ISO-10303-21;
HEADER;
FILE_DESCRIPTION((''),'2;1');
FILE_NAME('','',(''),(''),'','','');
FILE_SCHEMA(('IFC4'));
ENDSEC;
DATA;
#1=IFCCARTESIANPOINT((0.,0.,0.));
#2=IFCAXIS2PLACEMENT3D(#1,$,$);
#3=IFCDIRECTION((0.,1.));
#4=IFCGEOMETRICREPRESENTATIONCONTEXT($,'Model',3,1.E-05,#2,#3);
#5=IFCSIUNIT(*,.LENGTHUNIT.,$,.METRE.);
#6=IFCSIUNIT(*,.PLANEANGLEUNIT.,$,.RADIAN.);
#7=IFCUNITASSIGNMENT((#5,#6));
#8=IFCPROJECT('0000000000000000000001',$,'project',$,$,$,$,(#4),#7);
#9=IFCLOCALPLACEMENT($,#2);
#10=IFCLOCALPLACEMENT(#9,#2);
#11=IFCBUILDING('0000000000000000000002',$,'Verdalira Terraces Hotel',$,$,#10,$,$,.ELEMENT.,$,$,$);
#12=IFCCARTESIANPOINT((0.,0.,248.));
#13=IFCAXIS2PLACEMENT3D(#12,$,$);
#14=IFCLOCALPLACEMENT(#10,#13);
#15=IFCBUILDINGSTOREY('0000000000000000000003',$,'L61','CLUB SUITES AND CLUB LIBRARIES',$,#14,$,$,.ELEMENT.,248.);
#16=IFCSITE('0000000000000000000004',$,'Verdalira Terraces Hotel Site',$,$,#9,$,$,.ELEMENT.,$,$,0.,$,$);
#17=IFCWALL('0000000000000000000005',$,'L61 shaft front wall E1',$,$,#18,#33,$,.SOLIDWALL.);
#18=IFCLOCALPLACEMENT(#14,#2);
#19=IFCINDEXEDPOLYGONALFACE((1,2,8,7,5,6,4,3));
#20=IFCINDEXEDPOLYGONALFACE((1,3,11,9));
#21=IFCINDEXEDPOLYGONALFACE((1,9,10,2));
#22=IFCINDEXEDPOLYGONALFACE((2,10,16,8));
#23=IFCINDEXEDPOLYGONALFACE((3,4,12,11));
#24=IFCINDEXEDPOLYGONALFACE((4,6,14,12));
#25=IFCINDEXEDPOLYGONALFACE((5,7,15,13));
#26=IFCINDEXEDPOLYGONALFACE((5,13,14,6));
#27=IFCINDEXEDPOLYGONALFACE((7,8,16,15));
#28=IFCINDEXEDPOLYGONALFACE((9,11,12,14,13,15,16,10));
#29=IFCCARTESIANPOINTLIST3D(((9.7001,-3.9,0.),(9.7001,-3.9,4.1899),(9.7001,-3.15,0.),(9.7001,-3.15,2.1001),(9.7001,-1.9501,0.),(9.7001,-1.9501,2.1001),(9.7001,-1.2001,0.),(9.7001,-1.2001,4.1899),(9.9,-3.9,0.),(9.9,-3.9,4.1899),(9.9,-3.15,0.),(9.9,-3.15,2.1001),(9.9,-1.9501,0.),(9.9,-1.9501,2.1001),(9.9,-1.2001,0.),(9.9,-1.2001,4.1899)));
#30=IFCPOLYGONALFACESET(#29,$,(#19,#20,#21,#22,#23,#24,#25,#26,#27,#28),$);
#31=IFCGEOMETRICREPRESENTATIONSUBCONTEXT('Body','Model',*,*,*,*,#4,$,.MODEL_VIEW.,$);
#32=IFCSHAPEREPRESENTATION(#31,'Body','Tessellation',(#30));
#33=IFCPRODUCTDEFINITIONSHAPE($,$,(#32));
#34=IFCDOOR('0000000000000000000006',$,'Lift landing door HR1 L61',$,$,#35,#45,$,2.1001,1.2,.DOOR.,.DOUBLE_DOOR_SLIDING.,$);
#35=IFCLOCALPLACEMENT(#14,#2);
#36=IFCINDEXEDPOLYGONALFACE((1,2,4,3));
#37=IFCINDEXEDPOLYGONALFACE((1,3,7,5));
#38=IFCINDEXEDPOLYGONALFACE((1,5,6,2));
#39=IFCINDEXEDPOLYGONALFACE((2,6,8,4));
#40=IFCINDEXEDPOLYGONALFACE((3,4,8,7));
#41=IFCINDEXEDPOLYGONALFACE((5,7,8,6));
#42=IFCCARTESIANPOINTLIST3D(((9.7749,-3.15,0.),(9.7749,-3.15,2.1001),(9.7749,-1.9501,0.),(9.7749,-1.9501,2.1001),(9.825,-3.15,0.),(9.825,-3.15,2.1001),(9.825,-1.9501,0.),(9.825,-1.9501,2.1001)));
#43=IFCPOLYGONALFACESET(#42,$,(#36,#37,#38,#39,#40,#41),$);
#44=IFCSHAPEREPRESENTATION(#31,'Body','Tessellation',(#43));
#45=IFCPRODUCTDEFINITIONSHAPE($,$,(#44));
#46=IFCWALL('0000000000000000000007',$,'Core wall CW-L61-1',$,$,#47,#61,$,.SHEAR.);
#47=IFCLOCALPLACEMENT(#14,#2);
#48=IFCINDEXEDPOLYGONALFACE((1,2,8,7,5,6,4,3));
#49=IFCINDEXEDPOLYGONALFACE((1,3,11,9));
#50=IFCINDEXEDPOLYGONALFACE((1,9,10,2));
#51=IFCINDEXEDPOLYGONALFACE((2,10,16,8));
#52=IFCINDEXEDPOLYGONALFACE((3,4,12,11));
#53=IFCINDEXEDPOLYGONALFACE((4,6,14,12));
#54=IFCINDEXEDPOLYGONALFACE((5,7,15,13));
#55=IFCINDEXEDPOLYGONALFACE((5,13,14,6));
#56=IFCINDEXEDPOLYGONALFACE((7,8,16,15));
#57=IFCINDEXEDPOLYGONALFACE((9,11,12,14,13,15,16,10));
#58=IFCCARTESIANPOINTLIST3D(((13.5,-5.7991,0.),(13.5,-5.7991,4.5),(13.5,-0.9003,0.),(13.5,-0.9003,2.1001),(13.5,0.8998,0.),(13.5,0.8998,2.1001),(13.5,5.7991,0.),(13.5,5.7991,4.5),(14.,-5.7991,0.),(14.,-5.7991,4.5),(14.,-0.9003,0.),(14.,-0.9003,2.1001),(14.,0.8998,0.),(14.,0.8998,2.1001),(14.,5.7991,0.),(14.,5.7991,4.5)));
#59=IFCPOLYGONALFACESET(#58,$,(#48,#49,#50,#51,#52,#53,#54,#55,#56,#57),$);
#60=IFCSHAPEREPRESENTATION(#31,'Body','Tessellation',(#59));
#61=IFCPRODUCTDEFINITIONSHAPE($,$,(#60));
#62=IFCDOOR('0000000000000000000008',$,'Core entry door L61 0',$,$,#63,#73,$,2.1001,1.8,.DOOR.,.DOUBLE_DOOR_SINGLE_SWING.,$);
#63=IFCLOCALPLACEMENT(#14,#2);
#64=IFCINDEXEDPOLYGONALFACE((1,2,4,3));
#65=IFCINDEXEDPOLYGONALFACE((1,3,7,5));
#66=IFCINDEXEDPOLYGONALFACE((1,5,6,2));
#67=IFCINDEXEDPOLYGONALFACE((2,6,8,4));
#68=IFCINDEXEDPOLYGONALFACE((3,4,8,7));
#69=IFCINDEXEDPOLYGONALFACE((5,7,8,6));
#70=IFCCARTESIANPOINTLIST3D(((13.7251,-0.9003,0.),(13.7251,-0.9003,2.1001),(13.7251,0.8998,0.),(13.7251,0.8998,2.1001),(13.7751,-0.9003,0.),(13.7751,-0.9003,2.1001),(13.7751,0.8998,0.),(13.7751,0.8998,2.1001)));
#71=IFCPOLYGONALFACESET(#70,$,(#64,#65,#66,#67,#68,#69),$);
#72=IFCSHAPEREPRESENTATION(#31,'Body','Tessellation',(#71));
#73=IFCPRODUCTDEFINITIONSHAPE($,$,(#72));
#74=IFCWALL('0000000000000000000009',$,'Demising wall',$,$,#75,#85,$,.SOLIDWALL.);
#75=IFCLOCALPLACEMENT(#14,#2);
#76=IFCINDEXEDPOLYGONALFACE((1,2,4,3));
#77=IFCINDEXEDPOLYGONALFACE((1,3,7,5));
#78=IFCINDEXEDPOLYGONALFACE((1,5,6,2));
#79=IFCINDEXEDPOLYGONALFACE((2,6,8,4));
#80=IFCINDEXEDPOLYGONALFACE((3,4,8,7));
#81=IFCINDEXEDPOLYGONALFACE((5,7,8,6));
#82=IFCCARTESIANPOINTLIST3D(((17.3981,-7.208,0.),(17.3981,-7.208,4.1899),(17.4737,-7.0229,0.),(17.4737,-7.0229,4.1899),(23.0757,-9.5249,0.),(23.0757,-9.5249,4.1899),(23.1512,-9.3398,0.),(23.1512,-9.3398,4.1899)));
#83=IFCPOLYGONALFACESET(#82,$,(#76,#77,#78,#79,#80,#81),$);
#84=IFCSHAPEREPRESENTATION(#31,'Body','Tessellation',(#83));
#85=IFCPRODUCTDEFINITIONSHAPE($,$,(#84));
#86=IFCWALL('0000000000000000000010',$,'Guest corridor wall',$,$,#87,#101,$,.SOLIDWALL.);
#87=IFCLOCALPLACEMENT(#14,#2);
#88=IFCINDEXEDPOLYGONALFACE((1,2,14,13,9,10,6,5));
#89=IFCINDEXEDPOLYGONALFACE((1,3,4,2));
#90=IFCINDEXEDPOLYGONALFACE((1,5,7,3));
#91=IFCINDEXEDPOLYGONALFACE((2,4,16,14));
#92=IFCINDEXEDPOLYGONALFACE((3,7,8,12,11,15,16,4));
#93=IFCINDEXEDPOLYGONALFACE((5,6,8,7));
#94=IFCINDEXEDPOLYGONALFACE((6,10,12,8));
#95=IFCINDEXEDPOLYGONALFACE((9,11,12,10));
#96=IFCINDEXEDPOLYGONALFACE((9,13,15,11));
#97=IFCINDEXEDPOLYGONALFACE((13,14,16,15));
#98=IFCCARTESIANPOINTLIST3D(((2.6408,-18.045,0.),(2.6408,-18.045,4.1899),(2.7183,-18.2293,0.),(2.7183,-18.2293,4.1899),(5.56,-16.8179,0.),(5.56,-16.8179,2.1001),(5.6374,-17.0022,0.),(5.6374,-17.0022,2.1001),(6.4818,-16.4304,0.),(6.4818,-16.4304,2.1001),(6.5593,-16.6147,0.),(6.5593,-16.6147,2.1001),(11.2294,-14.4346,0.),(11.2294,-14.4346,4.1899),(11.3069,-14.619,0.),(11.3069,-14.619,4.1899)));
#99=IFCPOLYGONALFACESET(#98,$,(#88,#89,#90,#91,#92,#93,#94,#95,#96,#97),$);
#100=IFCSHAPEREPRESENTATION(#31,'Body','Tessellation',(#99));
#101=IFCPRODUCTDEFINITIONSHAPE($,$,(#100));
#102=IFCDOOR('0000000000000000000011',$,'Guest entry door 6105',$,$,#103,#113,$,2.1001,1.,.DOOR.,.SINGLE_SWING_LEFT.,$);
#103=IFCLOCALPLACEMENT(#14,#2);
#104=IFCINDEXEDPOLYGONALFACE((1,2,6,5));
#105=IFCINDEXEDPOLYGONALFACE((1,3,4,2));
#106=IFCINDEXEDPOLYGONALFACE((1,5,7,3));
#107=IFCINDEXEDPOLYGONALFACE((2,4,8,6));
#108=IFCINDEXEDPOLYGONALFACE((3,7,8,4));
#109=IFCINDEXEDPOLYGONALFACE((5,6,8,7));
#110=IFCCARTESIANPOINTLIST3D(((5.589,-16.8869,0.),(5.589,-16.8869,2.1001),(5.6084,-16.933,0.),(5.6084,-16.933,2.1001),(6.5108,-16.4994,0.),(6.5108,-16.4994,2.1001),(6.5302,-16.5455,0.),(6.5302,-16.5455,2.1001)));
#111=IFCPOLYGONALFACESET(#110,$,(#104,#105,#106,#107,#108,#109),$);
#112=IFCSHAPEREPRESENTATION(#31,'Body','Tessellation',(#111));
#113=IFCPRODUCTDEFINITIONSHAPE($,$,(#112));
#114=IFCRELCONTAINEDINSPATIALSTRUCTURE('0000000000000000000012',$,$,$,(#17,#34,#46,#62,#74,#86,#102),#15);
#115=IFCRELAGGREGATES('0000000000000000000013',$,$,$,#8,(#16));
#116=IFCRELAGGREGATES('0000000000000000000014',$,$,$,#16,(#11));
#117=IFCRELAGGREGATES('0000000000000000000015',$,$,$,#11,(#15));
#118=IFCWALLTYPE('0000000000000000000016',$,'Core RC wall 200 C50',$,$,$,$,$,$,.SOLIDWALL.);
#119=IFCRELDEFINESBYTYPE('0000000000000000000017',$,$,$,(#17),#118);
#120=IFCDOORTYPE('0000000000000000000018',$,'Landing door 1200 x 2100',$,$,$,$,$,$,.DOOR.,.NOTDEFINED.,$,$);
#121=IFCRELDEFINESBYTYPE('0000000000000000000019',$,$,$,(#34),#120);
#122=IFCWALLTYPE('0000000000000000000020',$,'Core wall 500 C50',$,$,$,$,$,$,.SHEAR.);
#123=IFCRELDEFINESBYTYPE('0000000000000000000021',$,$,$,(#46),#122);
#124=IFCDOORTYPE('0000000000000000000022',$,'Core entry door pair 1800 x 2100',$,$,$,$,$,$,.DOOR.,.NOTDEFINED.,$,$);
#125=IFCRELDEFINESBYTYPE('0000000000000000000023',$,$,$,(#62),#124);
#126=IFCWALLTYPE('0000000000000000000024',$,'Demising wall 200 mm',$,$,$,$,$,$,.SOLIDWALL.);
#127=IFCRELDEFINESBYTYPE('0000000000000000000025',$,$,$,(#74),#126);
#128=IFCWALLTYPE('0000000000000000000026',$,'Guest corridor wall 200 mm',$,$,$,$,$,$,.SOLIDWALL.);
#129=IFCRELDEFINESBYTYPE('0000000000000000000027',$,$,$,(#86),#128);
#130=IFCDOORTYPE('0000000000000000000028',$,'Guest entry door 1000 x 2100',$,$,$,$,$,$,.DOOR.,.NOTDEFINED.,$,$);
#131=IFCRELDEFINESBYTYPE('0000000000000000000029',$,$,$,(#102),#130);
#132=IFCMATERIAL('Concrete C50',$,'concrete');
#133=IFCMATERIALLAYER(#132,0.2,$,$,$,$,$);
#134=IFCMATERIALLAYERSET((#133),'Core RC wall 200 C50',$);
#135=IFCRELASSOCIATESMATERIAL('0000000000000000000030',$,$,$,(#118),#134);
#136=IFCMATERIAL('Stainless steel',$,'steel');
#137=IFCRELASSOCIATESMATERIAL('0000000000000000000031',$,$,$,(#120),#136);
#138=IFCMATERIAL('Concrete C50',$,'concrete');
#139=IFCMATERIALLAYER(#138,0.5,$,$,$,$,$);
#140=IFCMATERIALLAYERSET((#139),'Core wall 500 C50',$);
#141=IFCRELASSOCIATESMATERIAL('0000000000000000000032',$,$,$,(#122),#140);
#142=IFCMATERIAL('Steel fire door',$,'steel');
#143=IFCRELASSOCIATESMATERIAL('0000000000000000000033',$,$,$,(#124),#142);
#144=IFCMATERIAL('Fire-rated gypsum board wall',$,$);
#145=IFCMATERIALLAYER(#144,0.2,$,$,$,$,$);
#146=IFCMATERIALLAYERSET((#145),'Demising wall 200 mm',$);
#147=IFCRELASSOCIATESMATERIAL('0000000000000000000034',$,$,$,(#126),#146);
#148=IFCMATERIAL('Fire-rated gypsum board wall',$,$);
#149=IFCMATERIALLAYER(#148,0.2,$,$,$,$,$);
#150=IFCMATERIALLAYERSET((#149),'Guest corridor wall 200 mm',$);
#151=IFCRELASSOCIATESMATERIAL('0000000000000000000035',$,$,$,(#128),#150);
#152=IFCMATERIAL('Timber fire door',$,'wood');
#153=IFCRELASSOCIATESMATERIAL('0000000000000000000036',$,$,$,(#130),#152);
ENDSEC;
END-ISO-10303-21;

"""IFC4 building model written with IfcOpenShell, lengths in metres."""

from ifc_helpers import new_model, si_unit, direction, frame, frame_2d, origin, place, context, subcontext, project, spatial, rectangle, extrude, material, layer, layer_set, type_object, element, fill, save


model = new_model("IFC4")

# Units and contexts
model_context = context("Model", 3, precision=1e-05, world=origin(), true_north=direction((0.0, 1.0)))
body_context = subcontext(model_context, "Body", "Model", "MODEL_VIEW")
ifc_project = project(units=[si_unit("LENGTHUNIT", "METRE"), si_unit("PLANEANGLEUNIT", "RADIAN")], contexts=[model_context])

# Site, building, storey
site_placement = place(None, origin())
site = spatial("IfcSite", under=ifc_project, at=site_placement, Name="Verdalira Terraces Hotel Site", CompositionType="ELEMENT", RefElevation=0.0)
building_placement = place(site_placement, origin())
building = spatial("IfcBuilding", under=site, at=building_placement, Name="Verdalira Terraces Hotel", CompositionType="ELEMENT")
storey_placement = place(building_placement, frame((0.0, 0.0, 248.0)))
storey = spatial("IfcBuildingStorey", under=building, at=storey_placement, Name="L61", Description="CLUB SUITES AND CLUB LIBRARIES", CompositionType="ELEMENT", Elevation=248.0)

# Walls, openings, doors
ifc_material_1 = material(Name="Concrete C50", Category="concrete")
ifc_layer_1 = layer(ifc_material_1, 0.2)
ifc_layer_set_1 = layer_set([ifc_layer_1], Name="Core RC wall 200 C50")
wall_type_1 = type_object("IfcWallType", Name="Core RC wall 200 C50", PredefinedType="SOLIDWALL", material=ifc_layer_set_1)
wall_1_placement = place(storey_placement, frame((9.8, -1.2, 0.0), z_axis=(0.0, 0.0, 1.0), x_axis=(0.0, -1.0, 0.0)))
wall_1 = element("IfcWall", 1, at=wall_1_placement, inside=storey, type_object=wall_type_1, Name="L61 shaft front wall E1", PredefinedType="SOLIDWALL", context=body_context, shape_type="SweptSolid", body=[
    extrude(rectangle(XDim=2.7, YDim=0.2, at=frame_2d((1.3501, 0.0))), origin(), (0.0, 0.0, 1.0), 4.1899),
])
opening_1_placement = place(wall_1_placement, frame((0.75, 0.0, 0.0)))
opening_1 = element("IfcOpeningElement", 2, at=opening_1_placement, cuts=wall_1, PredefinedType="OPENING", context=body_context, shape_type="SweptSolid", body=[
    extrude(rectangle(XDim=1.2, YDim=2.1001, at=frame_2d((0.6001, 1.05))), frame((0.0, 0.1099, 0.0), z_axis=(0.0, -1.0, 0.0), x_axis=(1.0, 0.0, 0.0)), (0.0, 0.0, 1.0), 0.22),
])
ifc_material_2 = material(Name="Stainless steel", Category="steel")
door_type_1 = type_object("IfcDoorType", Name="Landing door 1200 x 2100", OperationType="NOTDEFINED", PredefinedType="DOOR", material=ifc_material_2)
door_1_placement = place(opening_1_placement, origin())
door_1 = element("IfcDoor", 3, at=door_1_placement, inside=storey, type_object=door_type_1, Name="Lift landing door HR1 L61", OperationType="DOUBLE_DOOR_SLIDING", OverallHeight=2.1001, OverallWidth=1.2, PredefinedType="DOOR", context=body_context, shape_type="SweptSolid", body=[
    extrude(rectangle(XDim=1.2, YDim=2.1001, at=frame_2d((0.6001, 1.05))), frame((0.0, 0.0249, 0.0), z_axis=(0.0, -1.0, 0.0), x_axis=(1.0, 0.0, 0.0)), (0.0, 0.0, 1.0), 0.05),
])
fill(opening_1, door_1)
ifc_material_3 = material(Name="Concrete C50", Category="concrete")
ifc_layer_2 = layer(ifc_material_3, 0.5)
ifc_layer_set_2 = layer_set([ifc_layer_2], Name="Core wall 500 C50")
wall_type_2 = type_object("IfcWallType", Name="Core wall 500 C50", PredefinedType="SHEAR", material=ifc_layer_set_2)
wall_2_placement = place(storey_placement, frame((13.75, -5.7991, 0.0), z_axis=(0.0, 0.0, 1.0), x_axis=(0.0, 1.0, 0.0)))
wall_2 = element("IfcWall", 4, at=wall_2_placement, inside=storey, type_object=wall_type_2, Name="Core wall CW-L61-1", PredefinedType="SHEAR", context=body_context, shape_type="SweptSolid", body=[
    extrude(rectangle(XDim=11.5981, YDim=0.5, at=frame_2d((5.7991, 0.0))), origin(), (0.0, 0.0, 1.0), 4.5),
])
opening_2_placement = place(wall_2_placement, frame((4.8989, 0.0, 0.0)))
opening_2 = element("IfcOpeningElement", 5, at=opening_2_placement, cuts=wall_2, PredefinedType="OPENING", context=body_context, shape_type="SweptSolid", body=[
    extrude(rectangle(XDim=1.8, YDim=2.1001, at=frame_2d((0.8999, 1.05))), frame((0.0, 0.26, 0.0), z_axis=(0.0, -1.0, 0.0), x_axis=(1.0, 0.0, 0.0)), (0.0, 0.0, 1.0), 0.52),
])
ifc_material_4 = material(Name="Steel fire door", Category="steel")
door_type_2 = type_object("IfcDoorType", Name="Core entry door pair 1800 x 2100", OperationType="NOTDEFINED", PredefinedType="DOOR", material=ifc_material_4)
door_2_placement = place(opening_2_placement, origin())
door_2 = element("IfcDoor", 6, at=door_2_placement, inside=storey, type_object=door_type_2, Name="Core entry door L61 0", OperationType="DOUBLE_DOOR_SINGLE_SWING", OverallHeight=2.1001, OverallWidth=1.8, PredefinedType="DOOR", context=body_context, shape_type="SweptSolid", body=[
    extrude(rectangle(XDim=1.8, YDim=2.1001, at=frame_2d((0.8999, 1.05))), frame((0.0, 0.0249, 0.0), z_axis=(0.0, -1.0, 0.0), x_axis=(1.0, 0.0, 0.0)), (0.0, 0.0, 1.0), 0.05),
])
fill(opening_2, door_2)

# Wall
ifc_material_5 = material(Name="Fire-rated gypsum board wall")
ifc_layer_3 = layer(ifc_material_5, 0.2)
ifc_layer_set_3 = layer_set([ifc_layer_3], Name="Demising wall 200 mm")
wall_type_3 = type_object("IfcWallType", Name="Demising wall 200 mm", PredefinedType="SOLIDWALL", material=ifc_layer_set_3)
wall_3_placement = place(storey_placement, frame((17.436, -7.1155, 0.0), z_axis=(0.0, 0.0, 1.0), x_axis=(0.925873, -0.377834, 0.0)))
element("IfcWall", 7, at=wall_3_placement, inside=storey, type_object=wall_type_3, Name="Demising wall", PredefinedType="SOLIDWALL", context=body_context, shape_type="SweptSolid", body=[
    extrude(rectangle(XDim=6.1321, YDim=0.2, at=frame_2d((3.0659, 0.0))), origin(), (0.0, 0.0, 1.0), 4.1899),
])

# Wall, opening, door
ifc_material_6 = material(Name="Fire-rated gypsum board wall")
ifc_layer_4 = layer(ifc_material_6, 0.2)
ifc_layer_set_4 = layer_set([ifc_layer_4], Name="Guest corridor wall 200 mm")
wall_type_4 = type_object("IfcWallType", Name="Guest corridor wall 200 mm", PredefinedType="SOLIDWALL", material=ifc_layer_set_4)
wall_4_placement = place(storey_placement, frame((11.2681, -14.5269, 0.0), z_axis=(0.0, 0.0, 1.0), x_axis=(-0.921862, -0.387518, 0.0)))
wall_4 = element("IfcWall", 8, at=wall_4_placement, inside=storey, type_object=wall_type_4, Name="Guest corridor wall", PredefinedType="SOLIDWALL", context=body_context, shape_type="SweptSolid", body=[
    extrude(rectangle(XDim=9.3166, YDim=0.2, at=frame_2d((4.6582, 0.0))), origin(), (0.0, 0.0, 1.0), 4.1899),
])
opening_3_placement = place(wall_4_placement, frame((5.1499, 0.0, 0.0)))
opening_3 = element("IfcOpeningElement", 9, at=opening_3_placement, cuts=wall_4, PredefinedType="OPENING", context=body_context, shape_type="SweptSolid", body=[
    extrude(rectangle(XDim=1.0, YDim=2.1001, at=frame_2d((0.5, 1.05))), frame((0.0, 0.1099, 0.0), z_axis=(0.0, -1.0, 0.0), x_axis=(1.0, 0.0, 0.0)), (0.0, 0.0, 1.0), 0.22),
])
ifc_material_7 = material(Name="Timber fire door", Category="wood")
door_type_3 = type_object("IfcDoorType", Name="Guest entry door 1000 x 2100", OperationType="NOTDEFINED", PredefinedType="DOOR", material=ifc_material_7)
door_3_placement = place(opening_3_placement, origin())
door_3 = element("IfcDoor", 10, at=door_3_placement, inside=storey, type_object=door_type_3, Name="Guest entry door 6105", OperationType="SINGLE_SWING_LEFT", OverallHeight=2.1001, OverallWidth=1.0, PredefinedType="DOOR", context=body_context, shape_type="SweptSolid", body=[
    extrude(rectangle(XDim=1.0, YDim=2.1001, at=frame_2d((0.5, 1.05))), frame((0.0, 0.0249, 0.0), z_axis=(0.0, -1.0, 0.0), x_axis=(1.0, 0.0, 0.0)), (0.0, 0.0, 1.0), 0.05),
])
fill(opening_3, door_3)

save(model, "model.ifc")
